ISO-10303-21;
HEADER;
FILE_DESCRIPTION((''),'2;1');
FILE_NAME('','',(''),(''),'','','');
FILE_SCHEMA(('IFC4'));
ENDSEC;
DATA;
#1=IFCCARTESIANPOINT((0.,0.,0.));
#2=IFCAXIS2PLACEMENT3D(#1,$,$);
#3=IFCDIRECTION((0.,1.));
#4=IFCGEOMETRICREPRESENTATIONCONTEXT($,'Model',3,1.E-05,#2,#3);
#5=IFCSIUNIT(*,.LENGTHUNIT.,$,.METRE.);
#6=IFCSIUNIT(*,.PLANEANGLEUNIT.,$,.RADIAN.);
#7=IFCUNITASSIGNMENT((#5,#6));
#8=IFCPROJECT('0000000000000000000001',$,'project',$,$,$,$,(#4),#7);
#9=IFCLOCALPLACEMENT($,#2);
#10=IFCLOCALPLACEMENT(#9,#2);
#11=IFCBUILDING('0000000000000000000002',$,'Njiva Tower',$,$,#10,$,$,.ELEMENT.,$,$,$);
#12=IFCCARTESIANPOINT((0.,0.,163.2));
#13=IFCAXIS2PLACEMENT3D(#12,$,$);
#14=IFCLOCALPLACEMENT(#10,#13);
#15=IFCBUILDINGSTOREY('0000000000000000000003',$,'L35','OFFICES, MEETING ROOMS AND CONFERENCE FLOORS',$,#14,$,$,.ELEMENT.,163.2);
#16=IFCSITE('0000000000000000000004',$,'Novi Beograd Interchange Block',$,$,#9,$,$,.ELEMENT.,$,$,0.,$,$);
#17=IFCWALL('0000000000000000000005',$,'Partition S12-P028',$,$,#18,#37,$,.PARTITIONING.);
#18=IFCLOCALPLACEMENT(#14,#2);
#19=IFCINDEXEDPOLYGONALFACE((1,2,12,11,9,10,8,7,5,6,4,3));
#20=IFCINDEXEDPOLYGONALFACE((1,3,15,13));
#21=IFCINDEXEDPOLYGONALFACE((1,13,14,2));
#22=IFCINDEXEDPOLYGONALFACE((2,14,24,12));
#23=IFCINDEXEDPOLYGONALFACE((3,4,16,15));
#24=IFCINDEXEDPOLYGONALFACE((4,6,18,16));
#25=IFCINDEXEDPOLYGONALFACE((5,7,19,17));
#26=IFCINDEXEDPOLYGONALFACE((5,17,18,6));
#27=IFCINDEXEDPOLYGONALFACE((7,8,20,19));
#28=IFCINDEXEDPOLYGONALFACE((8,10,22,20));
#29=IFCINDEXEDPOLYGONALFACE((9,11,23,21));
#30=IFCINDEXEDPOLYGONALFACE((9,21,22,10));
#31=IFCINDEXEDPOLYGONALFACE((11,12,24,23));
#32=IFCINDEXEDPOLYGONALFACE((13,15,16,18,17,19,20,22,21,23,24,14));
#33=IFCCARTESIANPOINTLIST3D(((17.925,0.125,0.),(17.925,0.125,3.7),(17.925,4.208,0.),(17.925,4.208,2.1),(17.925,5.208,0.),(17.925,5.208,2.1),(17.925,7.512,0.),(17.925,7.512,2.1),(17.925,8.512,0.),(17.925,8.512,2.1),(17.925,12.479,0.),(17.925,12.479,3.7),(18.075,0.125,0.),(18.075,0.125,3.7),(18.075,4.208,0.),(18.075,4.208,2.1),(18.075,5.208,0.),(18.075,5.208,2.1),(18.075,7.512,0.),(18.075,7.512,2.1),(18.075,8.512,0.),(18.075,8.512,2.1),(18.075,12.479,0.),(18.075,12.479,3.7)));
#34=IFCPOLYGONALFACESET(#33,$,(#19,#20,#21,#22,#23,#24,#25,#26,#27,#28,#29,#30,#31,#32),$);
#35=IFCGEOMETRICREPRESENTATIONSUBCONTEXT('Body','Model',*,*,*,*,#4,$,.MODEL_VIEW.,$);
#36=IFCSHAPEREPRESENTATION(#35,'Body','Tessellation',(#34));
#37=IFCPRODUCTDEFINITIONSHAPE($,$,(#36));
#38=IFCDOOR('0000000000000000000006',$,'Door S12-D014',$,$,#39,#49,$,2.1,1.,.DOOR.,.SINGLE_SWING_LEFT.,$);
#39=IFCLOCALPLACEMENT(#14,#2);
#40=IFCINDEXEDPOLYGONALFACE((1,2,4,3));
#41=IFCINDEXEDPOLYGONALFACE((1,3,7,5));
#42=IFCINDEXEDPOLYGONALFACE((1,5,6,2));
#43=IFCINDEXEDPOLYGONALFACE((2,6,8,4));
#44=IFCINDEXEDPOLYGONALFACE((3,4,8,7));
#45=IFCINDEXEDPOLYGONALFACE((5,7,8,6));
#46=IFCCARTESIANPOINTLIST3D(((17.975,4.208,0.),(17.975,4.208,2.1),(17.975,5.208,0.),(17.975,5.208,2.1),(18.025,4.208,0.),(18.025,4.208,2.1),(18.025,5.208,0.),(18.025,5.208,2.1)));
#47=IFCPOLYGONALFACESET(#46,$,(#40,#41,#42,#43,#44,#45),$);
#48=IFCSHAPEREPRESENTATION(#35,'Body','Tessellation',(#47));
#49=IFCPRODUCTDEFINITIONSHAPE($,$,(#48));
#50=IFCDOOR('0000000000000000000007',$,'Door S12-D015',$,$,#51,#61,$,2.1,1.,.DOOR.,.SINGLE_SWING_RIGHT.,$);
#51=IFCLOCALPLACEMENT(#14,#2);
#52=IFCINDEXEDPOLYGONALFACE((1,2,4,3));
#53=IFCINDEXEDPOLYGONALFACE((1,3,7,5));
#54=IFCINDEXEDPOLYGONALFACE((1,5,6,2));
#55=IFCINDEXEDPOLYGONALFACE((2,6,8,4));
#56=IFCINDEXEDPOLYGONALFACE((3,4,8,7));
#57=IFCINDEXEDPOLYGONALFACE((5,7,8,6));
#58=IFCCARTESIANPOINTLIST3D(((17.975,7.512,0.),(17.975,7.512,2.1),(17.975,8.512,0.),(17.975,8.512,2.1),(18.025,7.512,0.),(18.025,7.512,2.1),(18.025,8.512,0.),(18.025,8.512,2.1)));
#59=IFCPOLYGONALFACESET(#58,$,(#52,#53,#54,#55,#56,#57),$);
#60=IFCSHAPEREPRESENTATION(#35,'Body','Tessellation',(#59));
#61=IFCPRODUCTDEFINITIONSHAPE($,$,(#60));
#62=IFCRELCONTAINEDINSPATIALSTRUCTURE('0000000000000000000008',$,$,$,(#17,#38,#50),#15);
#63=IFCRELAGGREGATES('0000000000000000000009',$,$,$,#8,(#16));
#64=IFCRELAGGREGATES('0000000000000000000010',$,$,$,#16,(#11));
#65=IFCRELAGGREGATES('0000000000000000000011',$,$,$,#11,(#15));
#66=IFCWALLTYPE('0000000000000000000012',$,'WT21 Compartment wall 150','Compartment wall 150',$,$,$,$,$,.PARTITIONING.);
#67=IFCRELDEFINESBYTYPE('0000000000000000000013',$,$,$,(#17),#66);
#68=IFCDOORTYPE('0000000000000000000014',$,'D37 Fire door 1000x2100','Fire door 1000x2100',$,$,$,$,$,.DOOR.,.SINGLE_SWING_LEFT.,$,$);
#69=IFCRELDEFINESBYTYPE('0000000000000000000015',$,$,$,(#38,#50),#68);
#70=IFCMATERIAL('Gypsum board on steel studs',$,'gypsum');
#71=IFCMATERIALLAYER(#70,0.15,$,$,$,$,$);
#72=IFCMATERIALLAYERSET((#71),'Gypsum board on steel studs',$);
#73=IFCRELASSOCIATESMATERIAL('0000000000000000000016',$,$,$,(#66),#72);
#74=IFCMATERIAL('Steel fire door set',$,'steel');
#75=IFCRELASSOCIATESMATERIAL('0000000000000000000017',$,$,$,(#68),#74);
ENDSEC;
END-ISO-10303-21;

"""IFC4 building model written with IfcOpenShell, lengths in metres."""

from ifc_helpers import new_model, si_unit, direction, frame, frame_2d, origin, place, context, subcontext, project, spatial, rectangle, extrude, material, layer, layer_set, type_object, element, fill, save


model = new_model("IFC4")

# Units and contexts
model_context = context("Model", 3, precision=1e-05, world=origin(), true_north=direction((0.0, 1.0)))
body_context = subcontext(model_context, "Body", "Model", "MODEL_VIEW")
ifc_project = project(units=[si_unit("LENGTHUNIT", "METRE"), si_unit("PLANEANGLEUNIT", "RADIAN")], contexts=[model_context])

# Site, building, storey
site_placement = place(None, origin())
site = spatial("IfcSite", under=ifc_project, at=site_placement, Name="Novi Beograd Interchange Block", CompositionType="ELEMENT", RefElevation=0.0)
building_placement = place(site_placement, origin())
building = spatial("IfcBuilding", under=site, at=building_placement, Name="Njiva Tower", CompositionType="ELEMENT")
storey_placement = place(building_placement, frame((0.0, 0.0, 163.2)))
storey = spatial("IfcBuildingStorey", under=building, at=storey_placement, Name="L35", Description="OFFICES, MEETING ROOMS AND CONFERENCE FLOORS", CompositionType="ELEMENT", Elevation=163.2)

# Wall, openings, doors
ifc_material_1 = material(Name="Gypsum board on steel studs", Category="gypsum")
ifc_layer = layer(ifc_material_1, 0.15)
ifc_layer_set = layer_set([ifc_layer], Name="Gypsum board on steel studs")
wall_type = type_object("IfcWallType", Name="WT21 Compartment wall 150", Description="Compartment wall 150", PredefinedType="PARTITIONING", material=ifc_layer_set)
wall_placement = place(storey_placement, frame((18.0, 0.125, 0.0), z_axis=(0.0, 0.0, 1.0), x_axis=(0.0, 1.0, 0.0)))
wall = element("IfcWall", 1, at=wall_placement, inside=storey, type_object=wall_type, Name="Partition S12-P028", PredefinedType="PARTITIONING", context=body_context, shape_type="SweptSolid", body=[
    extrude(rectangle(XDim=12.354, YDim=0.15, at=frame_2d((6.177, 0.0))), origin(), (0.0, 0.0, 1.0), 3.7),
])
opening_1_placement = place(wall_placement, frame((4.083, 0.0, 0.0)))
opening_1 = element("IfcOpeningElement", 2, at=opening_1_placement, cuts=wall, PredefinedType="OPENING", context=body_context, shape_type="SweptSolid", body=[
    extrude(rectangle(XDim=1.0, YDim=2.1, at=frame_2d((0.5, 1.05))), frame((0.0, 0.085, 0.0), z_axis=(0.0, -1.0, 0.0), x_axis=(1.0, 0.0, 0.0)), (0.0, 0.0, 1.0), 0.17),
])
opening_2_placement = place(wall_placement, frame((7.387, 0.0, 0.0)))
opening_2 = element("IfcOpeningElement", 3, at=opening_2_placement, cuts=wall, PredefinedType="OPENING", context=body_context, shape_type="SweptSolid", body=[
    extrude(rectangle(XDim=1.0, YDim=2.1, at=frame_2d((0.5, 1.05))), frame((0.0, 0.085, 0.0), z_axis=(0.0, -1.0, 0.0), x_axis=(1.0, 0.0, 0.0)), (0.0, 0.0, 1.0), 0.17),
])
ifc_material_2 = material(Name="Steel fire door set", Category="steel")
door_type = type_object("IfcDoorType", Name="D37 Fire door 1000x2100", Description="Fire door 1000x2100", OperationType="SINGLE_SWING_LEFT", PredefinedType="DOOR", material=ifc_material_2)
door_1_placement = place(opening_1_placement, origin())
door_1 = element("IfcDoor", 4, at=door_1_placement, inside=storey, type_object=door_type, Name="Door S12-D014", OperationType="SINGLE_SWING_LEFT", OverallHeight=2.1, OverallWidth=1.0, PredefinedType="DOOR", context=body_context, shape_type="SweptSolid", body=[
    extrude(rectangle(XDim=1.0, YDim=2.1, at=frame_2d((0.5, 1.05))), frame((0.0, 0.025, 0.0), z_axis=(0.0, -1.0, 0.0), x_axis=(1.0, 0.0, 0.0)), (0.0, 0.0, 1.0), 0.05),
])
fill(opening_1, door_1)
door_2_placement = place(opening_2_placement, origin())
door_2 = element("IfcDoor", 5, at=door_2_placement, inside=storey, type_object=door_type, Name="Door S12-D015", OperationType="SINGLE_SWING_RIGHT", OverallHeight=2.1, OverallWidth=1.0, PredefinedType="DOOR", context=body_context, shape_type="SweptSolid", body=[
    extrude(rectangle(XDim=1.0, YDim=2.1, at=frame_2d((0.5, 1.05))), frame((0.0, 0.025, 0.0), z_axis=(0.0, -1.0, 0.0), x_axis=(1.0, 0.0, 0.0)), (0.0, 0.0, 1.0), 0.05),
])
fill(opening_2, door_2)

save(model, "model.ifc")
